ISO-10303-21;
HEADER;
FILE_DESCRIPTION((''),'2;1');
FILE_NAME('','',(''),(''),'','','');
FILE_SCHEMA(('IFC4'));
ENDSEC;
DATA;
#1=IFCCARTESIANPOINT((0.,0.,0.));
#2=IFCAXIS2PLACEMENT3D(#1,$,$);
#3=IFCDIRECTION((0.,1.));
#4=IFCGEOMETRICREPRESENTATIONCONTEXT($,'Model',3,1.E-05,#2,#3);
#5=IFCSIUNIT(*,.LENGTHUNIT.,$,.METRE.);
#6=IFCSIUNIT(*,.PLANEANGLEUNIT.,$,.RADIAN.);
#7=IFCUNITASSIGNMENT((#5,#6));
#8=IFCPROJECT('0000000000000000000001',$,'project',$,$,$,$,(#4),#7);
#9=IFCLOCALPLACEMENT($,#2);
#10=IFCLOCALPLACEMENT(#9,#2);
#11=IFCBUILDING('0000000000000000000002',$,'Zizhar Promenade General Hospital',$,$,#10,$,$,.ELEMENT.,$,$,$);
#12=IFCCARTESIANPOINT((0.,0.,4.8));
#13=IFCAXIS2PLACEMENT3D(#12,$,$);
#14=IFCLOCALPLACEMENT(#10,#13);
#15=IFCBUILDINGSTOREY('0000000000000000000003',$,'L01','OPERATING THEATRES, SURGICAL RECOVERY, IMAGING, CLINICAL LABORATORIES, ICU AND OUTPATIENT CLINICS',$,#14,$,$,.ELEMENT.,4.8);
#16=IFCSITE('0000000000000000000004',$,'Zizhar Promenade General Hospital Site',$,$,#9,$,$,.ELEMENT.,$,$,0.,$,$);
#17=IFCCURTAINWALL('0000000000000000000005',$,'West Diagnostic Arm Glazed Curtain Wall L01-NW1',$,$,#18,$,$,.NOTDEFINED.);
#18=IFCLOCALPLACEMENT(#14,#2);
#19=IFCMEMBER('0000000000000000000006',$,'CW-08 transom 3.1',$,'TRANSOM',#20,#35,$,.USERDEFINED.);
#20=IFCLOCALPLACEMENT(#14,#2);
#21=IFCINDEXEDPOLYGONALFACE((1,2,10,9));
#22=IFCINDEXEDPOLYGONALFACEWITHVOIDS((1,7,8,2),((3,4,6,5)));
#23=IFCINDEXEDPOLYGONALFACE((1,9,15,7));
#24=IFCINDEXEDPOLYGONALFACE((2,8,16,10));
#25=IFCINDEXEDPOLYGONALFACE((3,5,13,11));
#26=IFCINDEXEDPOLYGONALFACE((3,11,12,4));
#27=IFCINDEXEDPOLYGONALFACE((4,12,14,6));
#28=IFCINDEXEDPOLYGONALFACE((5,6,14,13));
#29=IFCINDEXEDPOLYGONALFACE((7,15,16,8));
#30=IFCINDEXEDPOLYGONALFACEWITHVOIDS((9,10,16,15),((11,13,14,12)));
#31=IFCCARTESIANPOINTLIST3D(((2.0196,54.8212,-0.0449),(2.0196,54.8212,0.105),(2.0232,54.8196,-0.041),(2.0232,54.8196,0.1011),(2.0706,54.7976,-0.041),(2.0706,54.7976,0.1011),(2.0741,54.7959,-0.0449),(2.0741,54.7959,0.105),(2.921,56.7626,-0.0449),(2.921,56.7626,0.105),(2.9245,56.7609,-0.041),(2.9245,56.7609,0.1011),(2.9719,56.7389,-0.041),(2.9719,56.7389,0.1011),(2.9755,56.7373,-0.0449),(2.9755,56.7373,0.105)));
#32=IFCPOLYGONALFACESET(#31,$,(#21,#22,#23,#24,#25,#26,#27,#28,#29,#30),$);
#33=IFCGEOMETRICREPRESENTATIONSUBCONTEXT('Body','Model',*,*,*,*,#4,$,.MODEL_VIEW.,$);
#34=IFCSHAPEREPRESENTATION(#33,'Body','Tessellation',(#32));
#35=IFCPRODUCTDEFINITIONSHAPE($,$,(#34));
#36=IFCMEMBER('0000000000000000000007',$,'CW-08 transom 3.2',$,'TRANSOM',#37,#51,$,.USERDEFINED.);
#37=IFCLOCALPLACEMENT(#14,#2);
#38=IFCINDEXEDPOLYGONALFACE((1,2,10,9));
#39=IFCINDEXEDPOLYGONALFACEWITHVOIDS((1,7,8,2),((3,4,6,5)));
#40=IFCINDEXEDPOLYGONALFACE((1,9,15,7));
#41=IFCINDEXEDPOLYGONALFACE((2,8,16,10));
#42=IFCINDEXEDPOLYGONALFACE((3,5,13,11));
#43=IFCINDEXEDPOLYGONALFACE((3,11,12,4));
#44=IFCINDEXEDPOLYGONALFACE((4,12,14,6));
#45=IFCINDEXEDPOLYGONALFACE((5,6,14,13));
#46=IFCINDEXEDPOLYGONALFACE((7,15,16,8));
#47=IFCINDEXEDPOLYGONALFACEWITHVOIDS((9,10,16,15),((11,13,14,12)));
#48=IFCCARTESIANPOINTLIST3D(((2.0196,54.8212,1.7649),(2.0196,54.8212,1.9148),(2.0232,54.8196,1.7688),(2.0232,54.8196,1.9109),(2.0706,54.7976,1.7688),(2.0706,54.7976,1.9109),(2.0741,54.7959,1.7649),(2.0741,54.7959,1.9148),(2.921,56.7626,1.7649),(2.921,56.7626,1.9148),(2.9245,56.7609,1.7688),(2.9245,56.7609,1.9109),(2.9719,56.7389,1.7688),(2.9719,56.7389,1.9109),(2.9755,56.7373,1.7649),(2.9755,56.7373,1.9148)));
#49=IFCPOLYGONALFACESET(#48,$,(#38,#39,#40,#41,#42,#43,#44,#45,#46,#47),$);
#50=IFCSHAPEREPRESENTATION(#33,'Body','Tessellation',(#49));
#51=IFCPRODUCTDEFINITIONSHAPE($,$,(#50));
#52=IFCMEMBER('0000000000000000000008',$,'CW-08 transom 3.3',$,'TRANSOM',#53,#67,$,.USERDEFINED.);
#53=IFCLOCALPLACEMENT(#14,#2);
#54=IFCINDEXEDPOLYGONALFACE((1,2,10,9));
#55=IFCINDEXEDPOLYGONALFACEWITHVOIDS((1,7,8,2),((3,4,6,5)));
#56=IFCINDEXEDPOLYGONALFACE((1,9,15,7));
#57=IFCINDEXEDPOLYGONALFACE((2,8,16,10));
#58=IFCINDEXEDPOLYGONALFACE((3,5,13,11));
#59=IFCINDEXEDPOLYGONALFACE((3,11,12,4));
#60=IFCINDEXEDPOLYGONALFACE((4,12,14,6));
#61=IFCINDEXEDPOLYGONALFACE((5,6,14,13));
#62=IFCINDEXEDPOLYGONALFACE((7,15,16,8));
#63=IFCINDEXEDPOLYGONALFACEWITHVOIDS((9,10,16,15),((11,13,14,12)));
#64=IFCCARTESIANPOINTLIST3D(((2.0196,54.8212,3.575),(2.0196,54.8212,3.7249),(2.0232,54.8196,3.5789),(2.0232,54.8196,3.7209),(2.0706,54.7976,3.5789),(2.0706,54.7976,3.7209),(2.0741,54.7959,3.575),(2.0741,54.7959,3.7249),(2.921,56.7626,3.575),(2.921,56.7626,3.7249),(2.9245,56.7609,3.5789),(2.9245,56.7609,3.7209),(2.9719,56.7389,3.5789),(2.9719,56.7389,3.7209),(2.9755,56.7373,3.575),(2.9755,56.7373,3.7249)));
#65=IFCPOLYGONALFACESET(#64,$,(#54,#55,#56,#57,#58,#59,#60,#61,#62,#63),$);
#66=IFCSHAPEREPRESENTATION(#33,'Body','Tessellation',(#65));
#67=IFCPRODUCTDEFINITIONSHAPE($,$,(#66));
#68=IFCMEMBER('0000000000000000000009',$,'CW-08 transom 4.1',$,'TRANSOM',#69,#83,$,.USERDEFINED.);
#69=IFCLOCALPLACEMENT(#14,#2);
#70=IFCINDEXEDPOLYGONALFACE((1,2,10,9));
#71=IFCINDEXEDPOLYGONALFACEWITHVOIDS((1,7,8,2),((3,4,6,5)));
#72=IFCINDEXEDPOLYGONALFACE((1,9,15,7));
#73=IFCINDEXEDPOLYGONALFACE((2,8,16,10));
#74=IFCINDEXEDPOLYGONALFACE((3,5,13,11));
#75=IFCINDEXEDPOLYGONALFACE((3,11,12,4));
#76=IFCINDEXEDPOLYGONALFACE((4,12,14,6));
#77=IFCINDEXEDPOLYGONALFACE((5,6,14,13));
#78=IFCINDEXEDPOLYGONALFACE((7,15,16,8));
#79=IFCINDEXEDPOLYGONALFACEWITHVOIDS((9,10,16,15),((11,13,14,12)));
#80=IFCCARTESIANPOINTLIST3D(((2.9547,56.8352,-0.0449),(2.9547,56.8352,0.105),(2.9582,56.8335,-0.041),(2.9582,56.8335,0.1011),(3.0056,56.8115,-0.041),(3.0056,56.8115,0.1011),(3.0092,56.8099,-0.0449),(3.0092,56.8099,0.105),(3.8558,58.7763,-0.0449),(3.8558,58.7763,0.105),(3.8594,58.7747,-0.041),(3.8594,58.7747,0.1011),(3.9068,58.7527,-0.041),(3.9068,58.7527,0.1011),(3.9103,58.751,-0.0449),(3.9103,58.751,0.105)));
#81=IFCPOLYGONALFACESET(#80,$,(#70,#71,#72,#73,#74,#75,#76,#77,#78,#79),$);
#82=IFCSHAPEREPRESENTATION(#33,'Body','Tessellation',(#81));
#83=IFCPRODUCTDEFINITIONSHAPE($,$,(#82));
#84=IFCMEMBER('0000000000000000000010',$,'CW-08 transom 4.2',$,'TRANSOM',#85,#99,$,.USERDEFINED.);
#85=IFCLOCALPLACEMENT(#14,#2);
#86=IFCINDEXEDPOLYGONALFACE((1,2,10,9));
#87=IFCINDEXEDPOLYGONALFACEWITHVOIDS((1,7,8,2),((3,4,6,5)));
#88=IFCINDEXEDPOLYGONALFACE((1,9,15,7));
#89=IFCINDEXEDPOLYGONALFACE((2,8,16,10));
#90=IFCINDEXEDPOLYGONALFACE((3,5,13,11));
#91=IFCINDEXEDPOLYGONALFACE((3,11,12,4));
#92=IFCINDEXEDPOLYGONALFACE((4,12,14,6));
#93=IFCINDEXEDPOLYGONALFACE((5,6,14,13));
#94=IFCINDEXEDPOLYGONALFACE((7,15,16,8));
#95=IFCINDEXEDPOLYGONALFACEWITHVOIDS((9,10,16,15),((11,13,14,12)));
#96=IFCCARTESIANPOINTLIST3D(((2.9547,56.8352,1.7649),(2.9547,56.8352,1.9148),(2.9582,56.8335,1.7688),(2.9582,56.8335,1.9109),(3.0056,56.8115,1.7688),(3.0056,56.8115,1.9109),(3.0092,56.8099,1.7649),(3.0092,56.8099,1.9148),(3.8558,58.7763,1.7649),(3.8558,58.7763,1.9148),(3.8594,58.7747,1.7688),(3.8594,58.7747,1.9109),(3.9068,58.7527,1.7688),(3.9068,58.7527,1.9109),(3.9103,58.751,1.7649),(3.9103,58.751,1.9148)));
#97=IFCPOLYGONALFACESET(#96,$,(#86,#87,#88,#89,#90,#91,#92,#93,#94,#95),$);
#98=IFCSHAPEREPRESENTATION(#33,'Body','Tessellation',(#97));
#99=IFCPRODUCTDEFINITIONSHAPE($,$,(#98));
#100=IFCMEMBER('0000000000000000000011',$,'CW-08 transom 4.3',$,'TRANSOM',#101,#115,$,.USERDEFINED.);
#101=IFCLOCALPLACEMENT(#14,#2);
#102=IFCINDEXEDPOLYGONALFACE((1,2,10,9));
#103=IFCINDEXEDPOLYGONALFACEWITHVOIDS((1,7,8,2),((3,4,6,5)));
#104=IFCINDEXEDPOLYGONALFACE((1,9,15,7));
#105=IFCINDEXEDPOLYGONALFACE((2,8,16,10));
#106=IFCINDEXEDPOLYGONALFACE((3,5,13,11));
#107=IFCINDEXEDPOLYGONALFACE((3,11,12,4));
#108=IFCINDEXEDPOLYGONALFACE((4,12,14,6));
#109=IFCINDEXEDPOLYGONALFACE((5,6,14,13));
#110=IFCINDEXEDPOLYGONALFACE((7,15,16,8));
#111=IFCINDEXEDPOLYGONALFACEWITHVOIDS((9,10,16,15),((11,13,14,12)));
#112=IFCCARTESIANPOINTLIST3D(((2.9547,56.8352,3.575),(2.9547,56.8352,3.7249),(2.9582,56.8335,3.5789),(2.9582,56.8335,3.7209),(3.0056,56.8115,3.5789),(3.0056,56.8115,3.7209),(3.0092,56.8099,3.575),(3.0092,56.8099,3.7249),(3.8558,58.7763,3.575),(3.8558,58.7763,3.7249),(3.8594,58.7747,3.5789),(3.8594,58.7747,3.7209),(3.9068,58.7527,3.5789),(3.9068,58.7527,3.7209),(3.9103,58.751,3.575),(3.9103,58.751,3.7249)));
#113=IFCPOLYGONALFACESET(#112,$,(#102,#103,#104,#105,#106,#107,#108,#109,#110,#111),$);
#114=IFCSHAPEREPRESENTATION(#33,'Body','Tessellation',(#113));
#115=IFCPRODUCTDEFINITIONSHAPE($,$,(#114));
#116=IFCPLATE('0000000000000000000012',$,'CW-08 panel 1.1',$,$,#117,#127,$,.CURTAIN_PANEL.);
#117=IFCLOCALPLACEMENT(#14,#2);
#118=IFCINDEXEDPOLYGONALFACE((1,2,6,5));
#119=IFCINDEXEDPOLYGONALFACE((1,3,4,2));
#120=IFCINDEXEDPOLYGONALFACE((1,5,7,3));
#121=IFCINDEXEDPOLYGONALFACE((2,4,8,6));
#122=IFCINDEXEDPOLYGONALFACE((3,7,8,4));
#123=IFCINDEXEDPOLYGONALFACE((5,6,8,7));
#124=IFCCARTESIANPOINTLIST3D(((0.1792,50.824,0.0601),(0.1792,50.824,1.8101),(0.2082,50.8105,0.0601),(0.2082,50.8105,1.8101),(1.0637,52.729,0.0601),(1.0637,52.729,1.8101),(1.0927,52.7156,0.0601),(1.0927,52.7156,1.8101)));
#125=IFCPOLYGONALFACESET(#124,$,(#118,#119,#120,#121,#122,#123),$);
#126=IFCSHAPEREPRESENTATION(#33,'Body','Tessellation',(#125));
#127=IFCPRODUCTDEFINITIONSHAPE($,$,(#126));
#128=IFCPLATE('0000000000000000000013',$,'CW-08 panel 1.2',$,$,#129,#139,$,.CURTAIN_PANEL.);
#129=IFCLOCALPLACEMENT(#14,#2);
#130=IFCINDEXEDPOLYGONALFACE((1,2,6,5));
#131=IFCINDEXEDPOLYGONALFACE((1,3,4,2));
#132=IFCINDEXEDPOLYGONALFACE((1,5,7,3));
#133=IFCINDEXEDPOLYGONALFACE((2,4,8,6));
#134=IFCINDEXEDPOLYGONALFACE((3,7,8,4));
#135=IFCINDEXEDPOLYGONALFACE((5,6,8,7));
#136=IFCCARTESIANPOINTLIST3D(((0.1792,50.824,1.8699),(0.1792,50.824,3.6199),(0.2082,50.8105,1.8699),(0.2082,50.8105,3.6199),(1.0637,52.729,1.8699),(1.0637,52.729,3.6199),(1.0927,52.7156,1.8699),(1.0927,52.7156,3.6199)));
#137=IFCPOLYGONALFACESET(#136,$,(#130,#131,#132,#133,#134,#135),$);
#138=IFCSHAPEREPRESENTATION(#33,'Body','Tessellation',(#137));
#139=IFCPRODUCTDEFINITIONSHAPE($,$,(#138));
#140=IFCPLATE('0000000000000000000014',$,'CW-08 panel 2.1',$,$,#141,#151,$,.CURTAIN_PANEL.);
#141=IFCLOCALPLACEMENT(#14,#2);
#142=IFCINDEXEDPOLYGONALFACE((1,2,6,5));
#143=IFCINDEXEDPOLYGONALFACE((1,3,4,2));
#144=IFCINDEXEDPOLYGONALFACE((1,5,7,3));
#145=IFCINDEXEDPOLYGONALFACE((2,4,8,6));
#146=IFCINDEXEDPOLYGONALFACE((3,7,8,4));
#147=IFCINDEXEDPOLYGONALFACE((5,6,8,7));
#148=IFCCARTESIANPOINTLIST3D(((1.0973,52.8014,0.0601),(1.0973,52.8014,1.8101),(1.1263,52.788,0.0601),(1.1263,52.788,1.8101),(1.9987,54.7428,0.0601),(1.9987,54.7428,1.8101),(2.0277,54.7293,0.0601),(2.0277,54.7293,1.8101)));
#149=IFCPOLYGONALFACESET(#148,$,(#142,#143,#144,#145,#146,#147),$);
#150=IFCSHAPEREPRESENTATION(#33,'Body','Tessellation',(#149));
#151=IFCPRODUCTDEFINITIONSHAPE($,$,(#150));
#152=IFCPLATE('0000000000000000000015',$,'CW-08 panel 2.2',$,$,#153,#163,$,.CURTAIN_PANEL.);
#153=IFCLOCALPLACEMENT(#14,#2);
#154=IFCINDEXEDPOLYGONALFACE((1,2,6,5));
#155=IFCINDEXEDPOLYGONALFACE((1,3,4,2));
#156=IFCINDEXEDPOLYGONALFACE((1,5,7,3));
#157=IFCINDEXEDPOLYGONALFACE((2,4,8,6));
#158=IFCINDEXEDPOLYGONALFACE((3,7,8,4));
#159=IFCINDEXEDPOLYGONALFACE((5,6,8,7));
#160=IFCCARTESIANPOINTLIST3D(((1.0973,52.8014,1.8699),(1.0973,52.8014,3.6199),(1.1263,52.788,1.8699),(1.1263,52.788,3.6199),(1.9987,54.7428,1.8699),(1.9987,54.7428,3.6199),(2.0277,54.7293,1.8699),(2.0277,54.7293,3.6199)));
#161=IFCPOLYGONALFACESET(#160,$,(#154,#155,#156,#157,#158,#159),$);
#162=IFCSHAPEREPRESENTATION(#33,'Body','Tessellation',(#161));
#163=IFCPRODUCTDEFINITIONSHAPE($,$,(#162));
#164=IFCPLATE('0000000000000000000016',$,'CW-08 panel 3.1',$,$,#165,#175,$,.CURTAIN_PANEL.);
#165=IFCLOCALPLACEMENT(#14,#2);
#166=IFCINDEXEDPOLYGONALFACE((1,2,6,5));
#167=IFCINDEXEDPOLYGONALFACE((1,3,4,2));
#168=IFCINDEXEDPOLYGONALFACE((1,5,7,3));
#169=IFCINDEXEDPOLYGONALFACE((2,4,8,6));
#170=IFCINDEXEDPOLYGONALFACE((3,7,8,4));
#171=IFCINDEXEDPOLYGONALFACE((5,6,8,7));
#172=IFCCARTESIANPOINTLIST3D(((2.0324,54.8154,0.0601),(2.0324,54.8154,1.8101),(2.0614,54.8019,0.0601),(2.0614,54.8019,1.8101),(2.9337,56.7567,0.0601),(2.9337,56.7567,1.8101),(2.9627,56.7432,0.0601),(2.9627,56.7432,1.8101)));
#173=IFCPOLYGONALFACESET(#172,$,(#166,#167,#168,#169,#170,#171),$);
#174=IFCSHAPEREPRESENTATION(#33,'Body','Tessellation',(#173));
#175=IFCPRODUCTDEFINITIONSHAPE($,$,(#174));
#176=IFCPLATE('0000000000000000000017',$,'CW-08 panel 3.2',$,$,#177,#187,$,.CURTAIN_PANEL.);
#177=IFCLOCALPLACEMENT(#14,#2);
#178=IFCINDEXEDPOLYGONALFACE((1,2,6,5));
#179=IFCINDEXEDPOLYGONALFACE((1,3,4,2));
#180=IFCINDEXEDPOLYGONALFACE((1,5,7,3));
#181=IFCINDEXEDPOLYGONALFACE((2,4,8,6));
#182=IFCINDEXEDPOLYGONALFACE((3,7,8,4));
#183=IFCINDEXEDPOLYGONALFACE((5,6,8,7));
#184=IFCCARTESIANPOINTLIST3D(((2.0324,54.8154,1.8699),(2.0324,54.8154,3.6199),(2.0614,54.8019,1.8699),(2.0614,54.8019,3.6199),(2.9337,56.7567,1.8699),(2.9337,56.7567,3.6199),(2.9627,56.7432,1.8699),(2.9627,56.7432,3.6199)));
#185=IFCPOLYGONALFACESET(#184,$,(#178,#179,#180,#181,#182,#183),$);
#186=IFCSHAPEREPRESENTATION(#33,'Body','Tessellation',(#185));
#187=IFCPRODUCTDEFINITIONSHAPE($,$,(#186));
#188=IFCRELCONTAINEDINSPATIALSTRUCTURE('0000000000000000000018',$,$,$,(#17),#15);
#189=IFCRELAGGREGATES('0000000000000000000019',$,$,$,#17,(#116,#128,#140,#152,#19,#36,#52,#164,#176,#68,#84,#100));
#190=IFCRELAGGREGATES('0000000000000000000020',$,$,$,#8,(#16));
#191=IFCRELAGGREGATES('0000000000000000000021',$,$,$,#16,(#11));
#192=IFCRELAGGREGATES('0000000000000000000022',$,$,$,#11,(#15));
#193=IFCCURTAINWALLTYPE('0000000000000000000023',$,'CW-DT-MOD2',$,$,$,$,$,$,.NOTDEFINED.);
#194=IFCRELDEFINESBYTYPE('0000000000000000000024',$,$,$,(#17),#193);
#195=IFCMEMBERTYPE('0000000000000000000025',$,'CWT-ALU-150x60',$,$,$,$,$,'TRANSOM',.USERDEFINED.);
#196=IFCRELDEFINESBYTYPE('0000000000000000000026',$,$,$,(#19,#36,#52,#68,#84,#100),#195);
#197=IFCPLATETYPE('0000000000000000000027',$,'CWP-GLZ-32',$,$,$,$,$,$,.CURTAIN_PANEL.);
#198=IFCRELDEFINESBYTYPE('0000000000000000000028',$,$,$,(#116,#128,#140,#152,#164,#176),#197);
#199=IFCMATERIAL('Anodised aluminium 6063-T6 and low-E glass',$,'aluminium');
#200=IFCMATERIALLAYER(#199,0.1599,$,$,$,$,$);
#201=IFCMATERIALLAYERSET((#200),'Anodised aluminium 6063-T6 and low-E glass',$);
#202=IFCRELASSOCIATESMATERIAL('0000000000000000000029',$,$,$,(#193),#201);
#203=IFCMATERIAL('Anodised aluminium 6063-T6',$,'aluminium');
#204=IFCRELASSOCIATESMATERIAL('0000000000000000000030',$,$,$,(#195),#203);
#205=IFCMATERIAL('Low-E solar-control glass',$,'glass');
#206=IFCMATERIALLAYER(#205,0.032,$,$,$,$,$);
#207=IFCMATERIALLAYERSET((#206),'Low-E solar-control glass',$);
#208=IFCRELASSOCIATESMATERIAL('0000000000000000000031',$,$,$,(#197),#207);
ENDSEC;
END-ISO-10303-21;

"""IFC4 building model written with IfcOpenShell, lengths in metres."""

from ifc_helpers import new_model, si_unit, direction, frame, origin, origin_2d, place, context, subcontext, project, spatial, rectangle, hollow_rectangle, extrude, material, layer, layer_set, material_profile, profile_set, type_object, element, aggregate, save


model = new_model("IFC4")

# Units and contexts
model_context = context("Model", 3, precision=1e-05, world=origin(), true_north=direction((0.0, 1.0)))
body_context = subcontext(model_context, "Body", "Model", "MODEL_VIEW")
ifc_project = project(units=[si_unit("LENGTHUNIT", "METRE"), si_unit("PLANEANGLEUNIT", "RADIAN")], contexts=[model_context])

# Site, building, storey
site_placement = place(None, origin())
site = spatial("IfcSite", under=ifc_project, at=site_placement, Name="Zizhar Promenade General Hospital Site", CompositionType="ELEMENT", RefElevation=0.0)
building_placement = place(site_placement, origin())
building = spatial("IfcBuilding", under=site, at=building_placement, Name="Zizhar Promenade General Hospital", CompositionType="ELEMENT")
storey_placement = place(building_placement, frame((0.0, 0.0, 4.8)))
storey = spatial("IfcBuildingStorey", under=building, at=storey_placement, Name="L01", Description="OPERATING THEATRES, SURGICAL RECOVERY, IMAGING, CLINICAL LABORATORIES, ICU AND OUTPATIENT CLINICS", CompositionType="ELEMENT", Elevation=4.8)

# Curtain wall, members, plates
ifc_material_1 = material(Name="Anodised aluminium 6063-T6 and low-E glass", Category="aluminium")
ifc_layer_1 = layer(ifc_material_1, 0.1599)
ifc_layer_set_1 = layer_set([ifc_layer_1], Name="Anodised aluminium 6063-T6 and low-E glass")
curtain_wall_type = type_object("IfcCurtainWallType", Name="CW-DT-MOD2", PredefinedType="NOTDEFINED", material=ifc_layer_set_1)
curtain_wall_placement = place(storey_placement, origin())
curtain_wall = element("IfcCurtainWall", 1, at=curtain_wall_placement, inside=storey, type_object=curtain_wall_type, Name="West Diagnostic Arm Glazed Curtain Wall L01-NW1", PredefinedType="NOTDEFINED")
ifc_material_2 = material(Name="Anodised aluminium 6063-T6", Category="aluminium")
ifc_material_profile_1 = material_profile(ifc_material_2, hollow_rectangle(XDim=0.0601, YDim=0.1499, WallThickness=0.0039, at=origin_2d()))
ifc_profile_set_1 = profile_set([ifc_material_profile_1], Name="Anodised aluminium 6063-T6")
member_type_1 = type_object("IfcMemberType", Name="CWT-ALU-150x60", ElementType="TRANSOM", PredefinedType="USERDEFINED", material=ifc_profile_set_1)
member_1_placement = place(storey_placement, frame((2.0469, 54.8086, 0.03), z_axis=(0.421111, 0.907009, 0.0), x_axis=(-0.907009, 0.421111, 0.0)))
member_1 = element("IfcMember", 2, at=member_1_placement, type_object=member_type_1, Name="CW-08 transom 3.1", ObjectType="TRANSOM", PredefinedType="USERDEFINED", context=body_context, shape_type="SweptSolid", body=[
    extrude(hollow_rectangle(XDim=0.0601, YDim=0.1499, WallThickness=0.0039, at=origin_2d()), origin(), (0.0, 0.0, 1.0), 2.1404),
])
member_2_placement = place(storey_placement, frame((2.0469, 54.8086, 1.8398), z_axis=(0.421111, 0.907009, 0.0), x_axis=(-0.907009, 0.421111, 0.0)))
member_2 = element("IfcMember", 3, at=member_2_placement, type_object=member_type_1, Name="CW-08 transom 3.2", ObjectType="TRANSOM", PredefinedType="USERDEFINED", context=body_context, shape_type="SweptSolid", body=[
    extrude(hollow_rectangle(XDim=0.0601, YDim=0.1499, WallThickness=0.0039, at=origin_2d()), origin(), (0.0, 0.0, 1.0), 2.1404),
])
member_3_placement = place(storey_placement, frame((2.0469, 54.8086, 3.6499), z_axis=(0.421111, 0.907009, 0.0), x_axis=(-0.907009, 0.421111, 0.0)))
member_3 = element("IfcMember", 4, at=member_3_placement, type_object=member_type_1, Name="CW-08 transom 3.3", ObjectType="TRANSOM", PredefinedType="USERDEFINED", context=body_context, shape_type="SweptSolid", body=[
    extrude(hollow_rectangle(XDim=0.0601, YDim=0.1499, WallThickness=0.0039, at=origin_2d()), origin(), (0.0, 0.0, 1.0), 2.1404),
])
member_4_placement = place(storey_placement, frame((2.9819, 56.8225, 0.03), z_axis=(0.421061, 0.907032, 0.0), x_axis=(-0.907032, 0.421061, 0.0)))
member_4 = element("IfcMember", 5, at=member_4_placement, type_object=member_type_1, Name="CW-08 transom 4.1", ObjectType="TRANSOM", PredefinedType="USERDEFINED", context=body_context, shape_type="SweptSolid", body=[
    extrude(hollow_rectangle(XDim=0.0601, YDim=0.1499, WallThickness=0.0039, at=origin_2d()), origin(), (0.0, 0.0, 1.0), 2.1401),
])
member_5_placement = place(storey_placement, frame((2.9819, 56.8225, 1.8398), z_axis=(0.421061, 0.907032, 0.0), x_axis=(-0.907032, 0.421061, 0.0)))
member_5 = element("IfcMember", 6, at=member_5_placement, type_object=member_type_1, Name="CW-08 transom 4.2", ObjectType="TRANSOM", PredefinedType="USERDEFINED", context=body_context, shape_type="SweptSolid", body=[
    extrude(hollow_rectangle(XDim=0.0601, YDim=0.1499, WallThickness=0.0039, at=origin_2d()), origin(), (0.0, 0.0, 1.0), 2.1401),
])
member_6_placement = place(storey_placement, frame((2.9819, 56.8225, 3.6499), z_axis=(0.421061, 0.907032, 0.0), x_axis=(-0.907032, 0.421061, 0.0)))
member_6 = element("IfcMember", 7, at=member_6_placement, type_object=member_type_1, Name="CW-08 transom 4.3", ObjectType="TRANSOM", PredefinedType="USERDEFINED", context=body_context, shape_type="SweptSolid", body=[
    extrude(hollow_rectangle(XDim=0.0601, YDim=0.1499, WallThickness=0.0039, at=origin_2d()), origin(), (0.0, 0.0, 1.0), 2.1401),
])
ifc_material_3 = material(Name="Low-E solar-control glass", Category="glass")
ifc_layer_2 = layer(ifc_material_3, 0.032)
ifc_layer_set_2 = layer_set([ifc_layer_2], Name="Low-E solar-control glass")
plate_type = type_object("IfcPlateType", Name="CWP-GLZ-32", PredefinedType="CURTAIN_PANEL", material=ifc_layer_set_2)
plate_1_placement = place(storey_placement, frame((0.636, 51.7698, 0.0601), z_axis=(0.0, 0.0, 1.0), x_axis=(0.421115, 0.907007, 0.0)))
plate_1 = element("IfcPlate", 8, at=plate_1_placement, type_object=plate_type, Name="CW-08 panel 1.1", PredefinedType="CURTAIN_PANEL", context=body_context, shape_type="SweptSolid", body=[
    extrude(rectangle(XDim=2.1003, YDim=0.032, at=origin_2d()), origin(), (0.0, 0.0, 1.0), 1.75),
])
plate_2_placement = place(storey_placement, frame((0.636, 51.7698, 1.8699), z_axis=(0.0, 0.0, 1.0), x_axis=(0.421115, 0.907007, 0.0)))
plate_2 = element("IfcPlate", 9, at=plate_2_placement, type_object=plate_type, Name="CW-08 panel 1.2", PredefinedType="CURTAIN_PANEL", context=body_context, shape_type="SweptSolid", body=[
    extrude(rectangle(XDim=2.1003, YDim=0.032, at=origin_2d()), origin(), (0.0, 0.0, 1.0), 1.75),
])
plate_3_placement = place(storey_placement, frame((1.5625, 53.7654, 0.0601), z_axis=(0.0, 0.0, 1.0), x_axis=(0.421115, 0.907007, 0.0)))
plate_3 = element("IfcPlate", 10, at=plate_3_placement, type_object=plate_type, Name="CW-08 panel 2.1", PredefinedType="CURTAIN_PANEL", context=body_context, shape_type="SweptSolid", body=[
    extrude(rectangle(XDim=2.1404, YDim=0.032, at=origin_2d()), origin(), (0.0, 0.0, 1.0), 1.75),
])
plate_4_placement = place(storey_placement, frame((1.5625, 53.7654, 1.8699), z_axis=(0.0, 0.0, 1.0), x_axis=(0.421115, 0.907007, 0.0)))
plate_4 = element("IfcPlate", 11, at=plate_4_placement, type_object=plate_type, Name="CW-08 panel 2.2", PredefinedType="CURTAIN_PANEL", context=body_context, shape_type="SweptSolid", body=[
    extrude(rectangle(XDim=2.1404, YDim=0.032, at=origin_2d()), origin(), (0.0, 0.0, 1.0), 1.75),
])
plate_5_placement = place(storey_placement, frame((2.4976, 55.7793, 0.0601), z_axis=(0.0, 0.0, 1.0), x_axis=(0.421115, 0.907007, 0.0)))
plate_5 = element("IfcPlate", 12, at=plate_5_placement, type_object=plate_type, Name="CW-08 panel 3.1", PredefinedType="CURTAIN_PANEL", context=body_context, shape_type="SweptSolid", body=[
    extrude(rectangle(XDim=2.1404, YDim=0.032, at=origin_2d()), origin(), (0.0, 0.0, 1.0), 1.75),
])
plate_6_placement = place(storey_placement, frame((2.4976, 55.7793, 1.8699), z_axis=(0.0, 0.0, 1.0), x_axis=(0.421115, 0.907007, 0.0)))
plate_6 = element("IfcPlate", 13, at=plate_6_placement, type_object=plate_type, Name="CW-08 panel 3.2", PredefinedType="CURTAIN_PANEL", context=body_context, shape_type="SweptSolid", body=[
    extrude(rectangle(XDim=2.1404, YDim=0.032, at=origin_2d()), origin(), (0.0, 0.0, 1.0), 1.75),
])
aggregate(curtain_wall, [plate_1, plate_2, plate_3, plate_4, member_1, member_2, member_3, plate_5, plate_6, member_4, member_5, member_6])

save(model, "model.ifc")
